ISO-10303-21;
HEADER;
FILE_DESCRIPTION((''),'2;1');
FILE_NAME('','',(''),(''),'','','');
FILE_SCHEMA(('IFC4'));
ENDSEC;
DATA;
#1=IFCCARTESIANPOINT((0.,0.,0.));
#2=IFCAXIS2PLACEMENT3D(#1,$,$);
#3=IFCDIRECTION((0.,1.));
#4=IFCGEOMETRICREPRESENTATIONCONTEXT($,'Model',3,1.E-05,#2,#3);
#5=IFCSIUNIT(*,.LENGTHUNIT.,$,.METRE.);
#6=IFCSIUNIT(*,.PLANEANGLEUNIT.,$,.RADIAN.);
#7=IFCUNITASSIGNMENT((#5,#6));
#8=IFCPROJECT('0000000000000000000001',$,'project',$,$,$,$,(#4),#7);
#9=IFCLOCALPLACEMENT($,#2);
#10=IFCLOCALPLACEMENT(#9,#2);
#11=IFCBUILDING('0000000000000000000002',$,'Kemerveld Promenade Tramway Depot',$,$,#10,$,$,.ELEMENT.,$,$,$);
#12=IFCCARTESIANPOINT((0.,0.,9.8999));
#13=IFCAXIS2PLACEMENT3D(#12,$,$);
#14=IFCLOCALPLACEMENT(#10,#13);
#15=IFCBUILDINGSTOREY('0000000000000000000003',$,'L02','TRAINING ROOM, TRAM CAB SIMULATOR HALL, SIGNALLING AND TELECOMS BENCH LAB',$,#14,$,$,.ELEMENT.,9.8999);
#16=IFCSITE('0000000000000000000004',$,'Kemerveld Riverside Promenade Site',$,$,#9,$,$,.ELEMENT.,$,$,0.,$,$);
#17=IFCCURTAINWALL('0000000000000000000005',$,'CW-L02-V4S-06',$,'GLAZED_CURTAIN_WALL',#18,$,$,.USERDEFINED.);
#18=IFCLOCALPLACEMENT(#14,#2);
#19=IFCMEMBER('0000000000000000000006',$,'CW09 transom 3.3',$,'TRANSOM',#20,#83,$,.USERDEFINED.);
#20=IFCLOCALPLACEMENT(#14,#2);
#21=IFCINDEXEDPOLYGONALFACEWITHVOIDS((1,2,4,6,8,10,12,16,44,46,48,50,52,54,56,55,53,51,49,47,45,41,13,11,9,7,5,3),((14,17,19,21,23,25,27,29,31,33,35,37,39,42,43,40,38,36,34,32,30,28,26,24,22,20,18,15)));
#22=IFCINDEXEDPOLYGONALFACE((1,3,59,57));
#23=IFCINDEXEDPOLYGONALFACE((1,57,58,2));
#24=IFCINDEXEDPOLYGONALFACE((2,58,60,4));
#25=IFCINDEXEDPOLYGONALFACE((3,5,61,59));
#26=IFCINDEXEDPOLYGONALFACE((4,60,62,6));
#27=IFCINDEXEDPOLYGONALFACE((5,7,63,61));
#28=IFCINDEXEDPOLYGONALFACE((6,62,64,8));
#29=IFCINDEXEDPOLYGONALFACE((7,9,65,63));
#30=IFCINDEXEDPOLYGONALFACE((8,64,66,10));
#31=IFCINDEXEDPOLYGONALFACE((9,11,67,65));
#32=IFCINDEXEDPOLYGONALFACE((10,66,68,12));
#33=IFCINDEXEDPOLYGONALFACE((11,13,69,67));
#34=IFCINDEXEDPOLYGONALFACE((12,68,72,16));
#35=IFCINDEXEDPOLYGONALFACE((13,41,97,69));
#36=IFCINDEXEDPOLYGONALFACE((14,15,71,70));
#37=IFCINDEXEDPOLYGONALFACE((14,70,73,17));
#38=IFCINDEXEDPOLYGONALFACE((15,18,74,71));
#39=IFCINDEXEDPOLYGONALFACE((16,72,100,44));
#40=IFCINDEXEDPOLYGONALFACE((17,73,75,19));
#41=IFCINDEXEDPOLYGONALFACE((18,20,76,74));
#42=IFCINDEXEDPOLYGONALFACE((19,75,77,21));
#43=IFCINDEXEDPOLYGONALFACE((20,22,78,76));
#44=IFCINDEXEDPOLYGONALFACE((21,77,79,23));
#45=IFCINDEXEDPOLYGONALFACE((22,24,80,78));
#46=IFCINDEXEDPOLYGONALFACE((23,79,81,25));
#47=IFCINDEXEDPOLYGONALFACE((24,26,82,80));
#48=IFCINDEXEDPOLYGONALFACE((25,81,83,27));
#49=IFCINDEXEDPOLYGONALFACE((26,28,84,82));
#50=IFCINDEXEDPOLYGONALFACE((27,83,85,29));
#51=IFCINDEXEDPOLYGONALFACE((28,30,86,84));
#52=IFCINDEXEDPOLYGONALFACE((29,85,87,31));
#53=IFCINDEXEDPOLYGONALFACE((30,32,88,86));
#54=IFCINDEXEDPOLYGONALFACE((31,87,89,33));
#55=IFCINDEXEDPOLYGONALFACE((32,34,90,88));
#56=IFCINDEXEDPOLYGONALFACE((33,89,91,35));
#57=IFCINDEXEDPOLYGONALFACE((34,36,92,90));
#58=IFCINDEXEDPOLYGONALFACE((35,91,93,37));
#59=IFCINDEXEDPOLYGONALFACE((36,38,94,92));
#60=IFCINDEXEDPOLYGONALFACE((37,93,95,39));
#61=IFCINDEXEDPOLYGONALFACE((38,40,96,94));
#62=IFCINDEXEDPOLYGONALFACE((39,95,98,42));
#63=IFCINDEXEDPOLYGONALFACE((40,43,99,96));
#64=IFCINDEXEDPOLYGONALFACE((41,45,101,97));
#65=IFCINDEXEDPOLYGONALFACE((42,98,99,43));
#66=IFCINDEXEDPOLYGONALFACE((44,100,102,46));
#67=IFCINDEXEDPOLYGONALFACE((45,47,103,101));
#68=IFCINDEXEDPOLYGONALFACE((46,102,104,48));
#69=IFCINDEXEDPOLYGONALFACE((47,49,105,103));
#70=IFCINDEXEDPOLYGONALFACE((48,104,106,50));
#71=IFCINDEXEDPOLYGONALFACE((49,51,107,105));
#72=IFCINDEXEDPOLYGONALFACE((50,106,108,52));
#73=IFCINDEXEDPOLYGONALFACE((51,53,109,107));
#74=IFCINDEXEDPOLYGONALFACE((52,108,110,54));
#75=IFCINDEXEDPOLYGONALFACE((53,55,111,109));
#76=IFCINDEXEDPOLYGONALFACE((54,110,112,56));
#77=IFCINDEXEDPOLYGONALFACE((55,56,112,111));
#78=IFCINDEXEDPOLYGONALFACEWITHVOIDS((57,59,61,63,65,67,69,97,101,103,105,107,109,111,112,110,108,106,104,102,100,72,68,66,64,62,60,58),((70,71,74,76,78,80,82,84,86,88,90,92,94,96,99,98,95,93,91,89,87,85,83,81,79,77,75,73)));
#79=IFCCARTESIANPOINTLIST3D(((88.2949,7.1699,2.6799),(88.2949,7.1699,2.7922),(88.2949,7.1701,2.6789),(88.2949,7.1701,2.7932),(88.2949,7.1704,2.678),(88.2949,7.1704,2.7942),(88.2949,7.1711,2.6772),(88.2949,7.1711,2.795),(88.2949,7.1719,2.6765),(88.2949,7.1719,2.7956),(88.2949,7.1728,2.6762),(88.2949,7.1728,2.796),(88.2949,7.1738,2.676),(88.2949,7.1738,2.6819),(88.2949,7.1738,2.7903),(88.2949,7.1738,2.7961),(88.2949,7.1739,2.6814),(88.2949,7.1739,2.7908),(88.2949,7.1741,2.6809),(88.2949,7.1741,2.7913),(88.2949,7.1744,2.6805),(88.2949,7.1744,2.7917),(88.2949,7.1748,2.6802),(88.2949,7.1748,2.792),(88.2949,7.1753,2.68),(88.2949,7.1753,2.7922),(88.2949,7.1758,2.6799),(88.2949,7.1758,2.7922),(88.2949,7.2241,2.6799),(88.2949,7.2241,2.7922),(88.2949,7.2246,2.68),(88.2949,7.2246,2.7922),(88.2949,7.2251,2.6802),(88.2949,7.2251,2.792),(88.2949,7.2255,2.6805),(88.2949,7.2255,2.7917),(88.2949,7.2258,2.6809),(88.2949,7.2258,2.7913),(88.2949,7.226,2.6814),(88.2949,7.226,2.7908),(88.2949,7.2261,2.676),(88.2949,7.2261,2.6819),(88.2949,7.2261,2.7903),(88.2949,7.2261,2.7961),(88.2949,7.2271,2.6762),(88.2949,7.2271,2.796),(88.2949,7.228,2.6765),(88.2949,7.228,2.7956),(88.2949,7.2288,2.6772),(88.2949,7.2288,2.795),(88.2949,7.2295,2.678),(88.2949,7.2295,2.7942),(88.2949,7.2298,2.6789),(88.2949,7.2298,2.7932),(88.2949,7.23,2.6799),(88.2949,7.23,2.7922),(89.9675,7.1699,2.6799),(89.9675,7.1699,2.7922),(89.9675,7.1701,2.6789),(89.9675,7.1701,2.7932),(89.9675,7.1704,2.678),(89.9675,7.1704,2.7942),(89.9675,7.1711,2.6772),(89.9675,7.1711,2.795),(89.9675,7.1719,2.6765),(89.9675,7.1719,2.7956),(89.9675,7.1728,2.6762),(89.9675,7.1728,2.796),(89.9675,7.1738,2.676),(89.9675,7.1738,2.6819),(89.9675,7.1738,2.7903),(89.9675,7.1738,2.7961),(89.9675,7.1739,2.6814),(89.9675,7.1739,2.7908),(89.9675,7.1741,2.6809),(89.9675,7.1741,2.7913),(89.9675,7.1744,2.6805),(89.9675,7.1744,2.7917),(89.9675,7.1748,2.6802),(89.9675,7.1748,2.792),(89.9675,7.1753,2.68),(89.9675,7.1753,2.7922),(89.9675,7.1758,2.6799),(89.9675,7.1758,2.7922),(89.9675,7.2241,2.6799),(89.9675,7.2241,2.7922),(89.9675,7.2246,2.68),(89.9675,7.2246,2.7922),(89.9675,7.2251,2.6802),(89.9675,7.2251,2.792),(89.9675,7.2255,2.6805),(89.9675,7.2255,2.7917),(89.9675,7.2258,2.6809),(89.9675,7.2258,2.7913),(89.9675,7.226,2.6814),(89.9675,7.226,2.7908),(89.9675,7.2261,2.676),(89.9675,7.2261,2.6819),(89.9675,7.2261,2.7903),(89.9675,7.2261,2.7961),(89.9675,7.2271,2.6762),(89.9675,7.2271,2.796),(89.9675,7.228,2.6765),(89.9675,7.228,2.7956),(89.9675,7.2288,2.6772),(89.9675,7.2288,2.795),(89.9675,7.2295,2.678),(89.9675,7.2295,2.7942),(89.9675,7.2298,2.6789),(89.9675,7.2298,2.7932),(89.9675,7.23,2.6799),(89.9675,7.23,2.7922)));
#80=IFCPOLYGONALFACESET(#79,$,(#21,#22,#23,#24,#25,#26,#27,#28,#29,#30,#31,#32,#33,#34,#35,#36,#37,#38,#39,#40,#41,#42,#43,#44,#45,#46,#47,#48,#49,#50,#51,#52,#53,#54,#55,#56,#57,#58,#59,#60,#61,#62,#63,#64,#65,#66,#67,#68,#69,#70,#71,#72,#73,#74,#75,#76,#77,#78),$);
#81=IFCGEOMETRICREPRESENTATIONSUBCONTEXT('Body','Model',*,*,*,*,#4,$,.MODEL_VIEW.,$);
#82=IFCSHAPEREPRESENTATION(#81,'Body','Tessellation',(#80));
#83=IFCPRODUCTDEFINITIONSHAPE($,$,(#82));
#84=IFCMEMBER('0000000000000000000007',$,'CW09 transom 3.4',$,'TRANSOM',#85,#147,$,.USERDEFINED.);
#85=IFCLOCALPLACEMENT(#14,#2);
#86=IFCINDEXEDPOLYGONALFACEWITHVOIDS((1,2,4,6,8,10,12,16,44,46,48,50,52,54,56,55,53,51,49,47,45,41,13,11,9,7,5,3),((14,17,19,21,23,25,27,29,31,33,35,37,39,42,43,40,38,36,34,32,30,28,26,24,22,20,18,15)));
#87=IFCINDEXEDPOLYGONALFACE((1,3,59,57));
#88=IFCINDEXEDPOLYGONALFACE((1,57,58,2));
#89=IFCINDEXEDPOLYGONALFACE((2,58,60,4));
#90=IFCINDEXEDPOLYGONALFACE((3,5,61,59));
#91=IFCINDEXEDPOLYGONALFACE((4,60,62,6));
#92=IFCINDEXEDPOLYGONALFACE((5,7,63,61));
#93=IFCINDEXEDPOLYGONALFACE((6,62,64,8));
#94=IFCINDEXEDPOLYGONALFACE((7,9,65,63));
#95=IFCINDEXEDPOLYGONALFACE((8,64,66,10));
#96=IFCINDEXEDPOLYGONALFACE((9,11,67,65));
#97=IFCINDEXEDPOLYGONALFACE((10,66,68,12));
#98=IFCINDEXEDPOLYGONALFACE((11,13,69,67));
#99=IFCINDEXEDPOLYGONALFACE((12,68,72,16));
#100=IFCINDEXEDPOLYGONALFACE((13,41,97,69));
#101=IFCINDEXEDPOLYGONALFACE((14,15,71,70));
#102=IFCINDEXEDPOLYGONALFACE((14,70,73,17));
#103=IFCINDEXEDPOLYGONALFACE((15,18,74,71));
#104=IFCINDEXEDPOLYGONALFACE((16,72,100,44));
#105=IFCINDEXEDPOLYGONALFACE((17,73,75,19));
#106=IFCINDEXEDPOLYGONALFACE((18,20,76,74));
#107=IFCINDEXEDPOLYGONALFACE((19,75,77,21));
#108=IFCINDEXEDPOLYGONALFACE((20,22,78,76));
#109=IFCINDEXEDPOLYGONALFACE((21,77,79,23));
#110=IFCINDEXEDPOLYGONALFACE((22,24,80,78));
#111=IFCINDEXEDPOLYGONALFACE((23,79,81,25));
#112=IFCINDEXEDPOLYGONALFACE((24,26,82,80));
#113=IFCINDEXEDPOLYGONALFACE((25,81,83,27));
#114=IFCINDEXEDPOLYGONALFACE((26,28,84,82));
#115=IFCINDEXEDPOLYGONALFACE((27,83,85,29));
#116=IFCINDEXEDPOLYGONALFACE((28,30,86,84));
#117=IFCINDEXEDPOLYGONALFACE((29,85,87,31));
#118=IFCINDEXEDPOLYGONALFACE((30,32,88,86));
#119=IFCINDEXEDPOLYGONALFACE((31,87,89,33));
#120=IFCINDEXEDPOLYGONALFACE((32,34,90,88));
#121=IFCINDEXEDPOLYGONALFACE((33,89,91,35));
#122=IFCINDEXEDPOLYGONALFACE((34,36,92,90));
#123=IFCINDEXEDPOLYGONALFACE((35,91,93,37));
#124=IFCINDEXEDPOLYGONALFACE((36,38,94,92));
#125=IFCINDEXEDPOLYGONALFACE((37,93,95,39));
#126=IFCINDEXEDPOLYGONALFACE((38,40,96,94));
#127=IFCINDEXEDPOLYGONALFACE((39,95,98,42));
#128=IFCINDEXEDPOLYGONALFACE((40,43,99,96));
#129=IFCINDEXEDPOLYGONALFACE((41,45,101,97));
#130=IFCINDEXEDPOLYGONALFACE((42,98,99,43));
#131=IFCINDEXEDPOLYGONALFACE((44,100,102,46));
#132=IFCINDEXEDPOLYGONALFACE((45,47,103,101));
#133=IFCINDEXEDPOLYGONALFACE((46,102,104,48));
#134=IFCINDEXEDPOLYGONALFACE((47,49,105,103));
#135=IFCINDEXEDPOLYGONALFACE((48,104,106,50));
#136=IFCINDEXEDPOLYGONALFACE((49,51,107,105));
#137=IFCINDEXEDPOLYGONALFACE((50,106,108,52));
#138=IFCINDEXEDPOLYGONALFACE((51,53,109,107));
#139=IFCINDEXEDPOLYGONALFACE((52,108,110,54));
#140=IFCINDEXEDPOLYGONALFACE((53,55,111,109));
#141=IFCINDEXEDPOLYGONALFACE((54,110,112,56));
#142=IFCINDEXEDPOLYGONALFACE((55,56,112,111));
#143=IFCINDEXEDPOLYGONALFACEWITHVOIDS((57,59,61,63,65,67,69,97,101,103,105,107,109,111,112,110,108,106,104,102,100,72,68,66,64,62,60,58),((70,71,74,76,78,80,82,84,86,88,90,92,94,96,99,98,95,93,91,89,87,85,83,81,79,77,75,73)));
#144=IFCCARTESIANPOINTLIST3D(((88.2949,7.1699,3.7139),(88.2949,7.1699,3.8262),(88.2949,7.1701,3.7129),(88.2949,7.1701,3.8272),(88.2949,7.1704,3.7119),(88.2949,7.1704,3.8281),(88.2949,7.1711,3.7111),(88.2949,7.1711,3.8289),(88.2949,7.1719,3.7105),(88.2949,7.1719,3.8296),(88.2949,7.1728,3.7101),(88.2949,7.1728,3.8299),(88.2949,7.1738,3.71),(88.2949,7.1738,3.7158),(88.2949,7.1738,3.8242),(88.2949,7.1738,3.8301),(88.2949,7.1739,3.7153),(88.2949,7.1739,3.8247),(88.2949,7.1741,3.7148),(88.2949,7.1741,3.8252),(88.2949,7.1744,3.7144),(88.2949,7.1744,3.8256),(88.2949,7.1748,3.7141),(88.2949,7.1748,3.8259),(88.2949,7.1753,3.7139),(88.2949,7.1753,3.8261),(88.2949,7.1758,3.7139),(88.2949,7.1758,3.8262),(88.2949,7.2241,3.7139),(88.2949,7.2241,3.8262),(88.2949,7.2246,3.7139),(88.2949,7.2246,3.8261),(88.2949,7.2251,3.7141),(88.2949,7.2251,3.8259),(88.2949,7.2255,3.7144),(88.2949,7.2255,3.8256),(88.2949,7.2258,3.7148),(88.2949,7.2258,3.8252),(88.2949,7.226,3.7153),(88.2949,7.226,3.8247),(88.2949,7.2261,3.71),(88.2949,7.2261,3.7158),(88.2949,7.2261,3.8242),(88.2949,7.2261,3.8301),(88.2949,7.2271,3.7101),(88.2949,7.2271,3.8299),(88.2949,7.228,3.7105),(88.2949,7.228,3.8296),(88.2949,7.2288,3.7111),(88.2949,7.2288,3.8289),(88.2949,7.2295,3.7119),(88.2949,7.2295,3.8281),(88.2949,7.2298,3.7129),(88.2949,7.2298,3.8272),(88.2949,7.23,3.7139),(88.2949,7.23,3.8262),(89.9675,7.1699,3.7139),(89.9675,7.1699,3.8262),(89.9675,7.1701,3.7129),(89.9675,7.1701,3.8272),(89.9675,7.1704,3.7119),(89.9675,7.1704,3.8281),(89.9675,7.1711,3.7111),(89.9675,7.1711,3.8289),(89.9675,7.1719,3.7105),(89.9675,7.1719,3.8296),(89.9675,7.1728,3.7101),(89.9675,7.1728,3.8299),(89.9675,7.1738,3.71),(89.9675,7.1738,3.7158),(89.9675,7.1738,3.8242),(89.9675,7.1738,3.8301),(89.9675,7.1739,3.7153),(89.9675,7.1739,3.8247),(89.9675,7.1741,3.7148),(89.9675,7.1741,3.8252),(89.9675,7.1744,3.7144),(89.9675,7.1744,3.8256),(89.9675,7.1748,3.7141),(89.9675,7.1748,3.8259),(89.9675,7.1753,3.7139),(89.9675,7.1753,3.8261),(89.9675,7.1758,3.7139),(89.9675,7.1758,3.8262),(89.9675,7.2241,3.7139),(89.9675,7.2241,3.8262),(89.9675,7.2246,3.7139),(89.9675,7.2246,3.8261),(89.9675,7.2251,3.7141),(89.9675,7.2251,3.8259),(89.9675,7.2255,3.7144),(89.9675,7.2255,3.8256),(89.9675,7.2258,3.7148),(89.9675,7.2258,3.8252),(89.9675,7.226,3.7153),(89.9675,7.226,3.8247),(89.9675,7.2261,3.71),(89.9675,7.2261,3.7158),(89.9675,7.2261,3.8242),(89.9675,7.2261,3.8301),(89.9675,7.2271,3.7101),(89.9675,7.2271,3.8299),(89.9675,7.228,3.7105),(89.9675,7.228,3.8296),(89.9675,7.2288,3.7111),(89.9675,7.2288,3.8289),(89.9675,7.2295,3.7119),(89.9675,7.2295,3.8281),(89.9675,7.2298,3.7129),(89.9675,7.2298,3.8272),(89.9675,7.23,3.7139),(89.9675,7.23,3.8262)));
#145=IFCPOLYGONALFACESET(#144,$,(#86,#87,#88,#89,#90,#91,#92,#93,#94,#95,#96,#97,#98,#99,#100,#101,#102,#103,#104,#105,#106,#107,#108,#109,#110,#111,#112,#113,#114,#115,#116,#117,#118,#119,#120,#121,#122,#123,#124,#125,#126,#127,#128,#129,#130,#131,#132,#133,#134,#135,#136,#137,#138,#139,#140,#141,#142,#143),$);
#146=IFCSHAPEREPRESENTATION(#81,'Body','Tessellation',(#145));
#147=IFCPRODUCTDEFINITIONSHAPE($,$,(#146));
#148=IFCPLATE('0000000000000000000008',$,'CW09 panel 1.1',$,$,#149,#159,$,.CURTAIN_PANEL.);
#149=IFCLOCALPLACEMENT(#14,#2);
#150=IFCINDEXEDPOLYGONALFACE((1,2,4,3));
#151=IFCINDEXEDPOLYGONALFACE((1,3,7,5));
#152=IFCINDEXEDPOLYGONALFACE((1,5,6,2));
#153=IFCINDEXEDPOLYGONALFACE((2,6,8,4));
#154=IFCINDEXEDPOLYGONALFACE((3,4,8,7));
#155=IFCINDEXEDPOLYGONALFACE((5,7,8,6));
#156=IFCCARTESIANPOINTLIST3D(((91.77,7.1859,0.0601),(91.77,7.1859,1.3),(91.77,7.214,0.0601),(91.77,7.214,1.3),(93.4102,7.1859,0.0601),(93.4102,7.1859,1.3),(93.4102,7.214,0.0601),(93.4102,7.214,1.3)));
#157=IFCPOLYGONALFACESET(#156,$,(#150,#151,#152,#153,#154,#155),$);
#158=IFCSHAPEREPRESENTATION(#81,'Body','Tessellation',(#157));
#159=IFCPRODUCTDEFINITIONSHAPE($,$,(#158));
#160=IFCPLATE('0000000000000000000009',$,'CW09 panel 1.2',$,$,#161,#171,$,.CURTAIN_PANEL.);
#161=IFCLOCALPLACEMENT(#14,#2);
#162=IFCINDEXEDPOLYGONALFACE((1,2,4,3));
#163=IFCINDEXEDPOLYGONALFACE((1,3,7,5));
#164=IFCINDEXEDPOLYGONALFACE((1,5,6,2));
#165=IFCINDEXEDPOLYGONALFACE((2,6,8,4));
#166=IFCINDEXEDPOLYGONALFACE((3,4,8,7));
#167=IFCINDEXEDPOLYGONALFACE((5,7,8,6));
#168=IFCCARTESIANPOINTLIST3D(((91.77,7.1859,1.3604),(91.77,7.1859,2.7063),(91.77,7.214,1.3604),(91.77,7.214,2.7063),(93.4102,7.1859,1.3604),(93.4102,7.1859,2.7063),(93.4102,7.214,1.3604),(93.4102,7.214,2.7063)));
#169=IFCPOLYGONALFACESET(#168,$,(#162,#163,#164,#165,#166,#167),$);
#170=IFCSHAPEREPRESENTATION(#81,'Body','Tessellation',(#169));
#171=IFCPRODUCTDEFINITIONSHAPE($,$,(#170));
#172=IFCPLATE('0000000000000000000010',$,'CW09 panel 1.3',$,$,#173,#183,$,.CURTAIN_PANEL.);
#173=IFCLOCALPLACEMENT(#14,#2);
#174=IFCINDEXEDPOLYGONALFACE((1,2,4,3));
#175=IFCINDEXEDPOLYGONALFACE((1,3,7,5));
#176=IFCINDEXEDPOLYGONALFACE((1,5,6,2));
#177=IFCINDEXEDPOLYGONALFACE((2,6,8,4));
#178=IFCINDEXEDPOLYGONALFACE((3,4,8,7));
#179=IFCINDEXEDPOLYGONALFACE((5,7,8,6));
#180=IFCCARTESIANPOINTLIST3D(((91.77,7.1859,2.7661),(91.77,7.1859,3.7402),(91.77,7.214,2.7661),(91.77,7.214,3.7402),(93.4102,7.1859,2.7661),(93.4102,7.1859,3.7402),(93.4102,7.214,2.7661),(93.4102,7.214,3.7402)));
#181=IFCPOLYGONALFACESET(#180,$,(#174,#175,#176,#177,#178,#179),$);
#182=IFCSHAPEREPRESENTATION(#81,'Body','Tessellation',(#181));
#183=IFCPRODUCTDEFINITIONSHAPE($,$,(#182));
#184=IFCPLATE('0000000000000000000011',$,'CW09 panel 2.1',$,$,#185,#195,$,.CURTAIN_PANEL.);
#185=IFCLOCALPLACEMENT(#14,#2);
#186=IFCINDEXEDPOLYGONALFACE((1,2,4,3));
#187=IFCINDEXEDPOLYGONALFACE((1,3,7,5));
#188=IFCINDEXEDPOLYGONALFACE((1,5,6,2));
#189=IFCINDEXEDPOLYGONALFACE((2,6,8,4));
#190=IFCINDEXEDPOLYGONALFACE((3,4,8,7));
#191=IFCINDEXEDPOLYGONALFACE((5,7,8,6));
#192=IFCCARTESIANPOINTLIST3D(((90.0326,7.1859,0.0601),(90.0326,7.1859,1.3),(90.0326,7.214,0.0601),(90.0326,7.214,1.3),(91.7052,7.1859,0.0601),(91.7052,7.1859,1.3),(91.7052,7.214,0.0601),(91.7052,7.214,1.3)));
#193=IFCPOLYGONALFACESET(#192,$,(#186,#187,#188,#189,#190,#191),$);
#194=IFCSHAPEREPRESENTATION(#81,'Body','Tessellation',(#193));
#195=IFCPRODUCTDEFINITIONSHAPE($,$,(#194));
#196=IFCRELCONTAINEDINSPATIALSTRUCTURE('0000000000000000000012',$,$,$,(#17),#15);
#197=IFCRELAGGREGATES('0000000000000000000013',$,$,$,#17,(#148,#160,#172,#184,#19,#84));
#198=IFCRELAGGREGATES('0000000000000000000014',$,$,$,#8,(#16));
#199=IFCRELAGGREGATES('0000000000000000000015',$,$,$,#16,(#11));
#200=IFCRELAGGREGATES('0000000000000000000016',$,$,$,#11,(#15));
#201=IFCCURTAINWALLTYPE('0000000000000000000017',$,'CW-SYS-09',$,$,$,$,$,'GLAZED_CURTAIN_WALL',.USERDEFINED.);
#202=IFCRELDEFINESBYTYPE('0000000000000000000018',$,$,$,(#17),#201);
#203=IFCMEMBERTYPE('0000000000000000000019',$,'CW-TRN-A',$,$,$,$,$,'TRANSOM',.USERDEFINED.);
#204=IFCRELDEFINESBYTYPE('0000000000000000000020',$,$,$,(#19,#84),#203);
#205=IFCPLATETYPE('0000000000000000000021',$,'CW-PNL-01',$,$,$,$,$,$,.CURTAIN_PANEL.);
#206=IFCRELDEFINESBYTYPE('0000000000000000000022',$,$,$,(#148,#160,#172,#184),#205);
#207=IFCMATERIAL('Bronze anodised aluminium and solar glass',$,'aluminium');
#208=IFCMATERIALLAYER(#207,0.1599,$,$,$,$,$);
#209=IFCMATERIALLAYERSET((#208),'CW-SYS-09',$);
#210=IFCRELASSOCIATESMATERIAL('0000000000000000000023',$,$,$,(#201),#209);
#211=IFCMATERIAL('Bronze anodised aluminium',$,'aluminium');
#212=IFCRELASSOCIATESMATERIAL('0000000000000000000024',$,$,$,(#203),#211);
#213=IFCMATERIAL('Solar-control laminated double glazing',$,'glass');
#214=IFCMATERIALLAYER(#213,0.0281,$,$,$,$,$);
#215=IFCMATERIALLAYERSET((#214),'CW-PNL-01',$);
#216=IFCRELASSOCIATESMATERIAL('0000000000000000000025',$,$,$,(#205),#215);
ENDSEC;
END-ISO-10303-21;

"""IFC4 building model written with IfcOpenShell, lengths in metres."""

from ifc_helpers import new_model, si_unit, direction, frame, origin, origin_2d, place, context, subcontext, project, spatial, rectangle, hollow_rectangle, extrude, material, layer, layer_set, material_profile, profile_set, type_object, element, aggregate, save


model = new_model("IFC4")

# Units and contexts
model_context = context("Model", 3, precision=1e-05, world=origin(), true_north=direction((0.0, 1.0)))
body_context = subcontext(model_context, "Body", "Model", "MODEL_VIEW")
ifc_project = project(units=[si_unit("LENGTHUNIT", "METRE"), si_unit("PLANEANGLEUNIT", "RADIAN")], contexts=[model_context])

# Site, building, storey
site_placement = place(None, origin())
site = spatial("IfcSite", under=ifc_project, at=site_placement, Name="Kemerveld Riverside Promenade Site", CompositionType="ELEMENT", RefElevation=0.0)
building_placement = place(site_placement, origin())
building = spatial("IfcBuilding", under=site, at=building_placement, Name="Kemerveld Promenade Tramway Depot", CompositionType="ELEMENT")
storey_placement = place(building_placement, frame((0.0, 0.0, 9.8999)))
storey = spatial("IfcBuildingStorey", under=building, at=storey_placement, Name="L02", Description="TRAINING ROOM, TRAM CAB SIMULATOR HALL, SIGNALLING AND TELECOMS BENCH LAB", CompositionType="ELEMENT", Elevation=9.8999)

# Curtain wall, members, plates
ifc_material_1 = material(Name="Bronze anodised aluminium and solar glass", Category="aluminium")
ifc_layer_1 = layer(ifc_material_1, 0.1599)
ifc_layer_set_1 = layer_set([ifc_layer_1], Name="CW-SYS-09")
curtain_wall_type = type_object("IfcCurtainWallType", Name="CW-SYS-09", ElementType="GLAZED_CURTAIN_WALL", PredefinedType="USERDEFINED", material=ifc_layer_set_1)
curtain_wall_placement = place(storey_placement, origin())
curtain_wall = element("IfcCurtainWall", 1, at=curtain_wall_placement, inside=storey, type_object=curtain_wall_type, Name="CW-L02-V4S-06", ObjectType="GLAZED_CURTAIN_WALL", PredefinedType="USERDEFINED")
ifc_material_2 = material(Name="Bronze anodised aluminium", Category="aluminium")
ifc_material_profile_1 = material_profile(ifc_material_2, hollow_rectangle(XDim=0.0601, YDim=0.1201, WallThickness=0.0039, InnerFilletRadius=0.002, OuterFilletRadius=0.0039, at=origin_2d()), Name="CW-TRN-120x60")
ifc_profile_set_1 = profile_set([ifc_material_profile_1], Name="Bronze anodised aluminium")
member_type_1 = type_object("IfcMemberType", Name="CW-TRN-A", ElementType="TRANSOM", PredefinedType="USERDEFINED", material=ifc_profile_set_1)
member_1_placement = place(storey_placement, frame((89.9675, 7.2, 2.7361), z_axis=(-1.0, 0.0, 0.0), x_axis=(0.0, -1.0, 0.0)))
member_1 = element("IfcMember", 2, at=member_1_placement, type_object=member_type_1, Name="CW09 transom 3.3", ObjectType="TRANSOM", PredefinedType="USERDEFINED", context=body_context, shape_type="SweptSolid", body=[
    extrude(hollow_rectangle(XDim=0.0601, YDim=0.1201, WallThickness=0.0039, InnerFilletRadius=0.002, OuterFilletRadius=0.0039, at=origin_2d()), origin(), (0.0, 0.0, 1.0), 1.6726),
])
member_2_placement = place(storey_placement, frame((89.9675, 7.2, 3.77), z_axis=(-1.0, 0.0, 0.0), x_axis=(0.0, -1.0, 0.0)))
member_2 = element("IfcMember", 3, at=member_2_placement, type_object=member_type_1, Name="CW09 transom 3.4", ObjectType="TRANSOM", PredefinedType="USERDEFINED", context=body_context, shape_type="SweptSolid", body=[
    extrude(hollow_rectangle(XDim=0.0601, YDim=0.1201, WallThickness=0.0039, InnerFilletRadius=0.002, OuterFilletRadius=0.0039, at=origin_2d()), origin(), (0.0, 0.0, 1.0), 1.6726),
])
ifc_material_3 = material(Name="Solar-control laminated double glazing", Category="glass")
ifc_layer_2 = layer(ifc_material_3, 0.0281)
ifc_layer_set_2 = layer_set([ifc_layer_2], Name="CW-PNL-01")
plate_type = type_object("IfcPlateType", Name="CW-PNL-01", PredefinedType="CURTAIN_PANEL", material=ifc_layer_set_2)
plate_1_placement = place(storey_placement, frame((92.5901, 7.2, 0.0601), z_axis=(0.0, 0.0, 1.0), x_axis=(-1.0, 0.0, 0.0)))
plate_1 = element("IfcPlate", 4, at=plate_1_placement, type_object=plate_type, Name="CW09 panel 1.1", PredefinedType="CURTAIN_PANEL", context=body_context, shape_type="SweptSolid", body=[
    extrude(rectangle(XDim=1.6401, YDim=0.0281, at=origin_2d()), origin(), (0.0, 0.0, 1.0), 1.24),
])
plate_2_placement = place(storey_placement, frame((92.5901, 7.2, 1.3604), z_axis=(0.0, 0.0, 1.0), x_axis=(-1.0, 0.0, 0.0)))
plate_2 = element("IfcPlate", 5, at=plate_2_placement, type_object=plate_type, Name="CW09 panel 1.2", PredefinedType="CURTAIN_PANEL", context=body_context, shape_type="SweptSolid", body=[
    extrude(rectangle(XDim=1.6401, YDim=0.0281, at=origin_2d()), origin(), (0.0, 0.0, 1.0), 1.3459),
])
plate_3_placement = place(storey_placement, frame((92.5901, 7.2, 2.7661), z_axis=(0.0, 0.0, 1.0), x_axis=(-1.0, 0.0, 0.0)))
plate_3 = element("IfcPlate", 6, at=plate_3_placement, type_object=plate_type, Name="CW09 panel 1.3", PredefinedType="CURTAIN_PANEL", context=body_context, shape_type="SweptSolid", body=[
    extrude(rectangle(XDim=1.6401, YDim=0.0281, at=origin_2d()), origin(), (0.0, 0.0, 1.0), 0.9741),
])
plate_4_placement = place(storey_placement, frame((90.8689, 7.2, 0.0601), z_axis=(0.0, 0.0, 1.0), x_axis=(-1.0, 0.0, 0.0)))
plate_4 = element("IfcPlate", 7, at=plate_4_placement, type_object=plate_type, Name="CW09 panel 2.1", PredefinedType="CURTAIN_PANEL", context=body_context, shape_type="SweptSolid", body=[
    extrude(rectangle(XDim=1.6726, YDim=0.0281, at=origin_2d()), origin(), (0.0, 0.0, 1.0), 1.24),
])
aggregate(curtain_wall, [plate_1, plate_2, plate_3, plate_4, member_1, member_2])

save(model, "model.ifc")
